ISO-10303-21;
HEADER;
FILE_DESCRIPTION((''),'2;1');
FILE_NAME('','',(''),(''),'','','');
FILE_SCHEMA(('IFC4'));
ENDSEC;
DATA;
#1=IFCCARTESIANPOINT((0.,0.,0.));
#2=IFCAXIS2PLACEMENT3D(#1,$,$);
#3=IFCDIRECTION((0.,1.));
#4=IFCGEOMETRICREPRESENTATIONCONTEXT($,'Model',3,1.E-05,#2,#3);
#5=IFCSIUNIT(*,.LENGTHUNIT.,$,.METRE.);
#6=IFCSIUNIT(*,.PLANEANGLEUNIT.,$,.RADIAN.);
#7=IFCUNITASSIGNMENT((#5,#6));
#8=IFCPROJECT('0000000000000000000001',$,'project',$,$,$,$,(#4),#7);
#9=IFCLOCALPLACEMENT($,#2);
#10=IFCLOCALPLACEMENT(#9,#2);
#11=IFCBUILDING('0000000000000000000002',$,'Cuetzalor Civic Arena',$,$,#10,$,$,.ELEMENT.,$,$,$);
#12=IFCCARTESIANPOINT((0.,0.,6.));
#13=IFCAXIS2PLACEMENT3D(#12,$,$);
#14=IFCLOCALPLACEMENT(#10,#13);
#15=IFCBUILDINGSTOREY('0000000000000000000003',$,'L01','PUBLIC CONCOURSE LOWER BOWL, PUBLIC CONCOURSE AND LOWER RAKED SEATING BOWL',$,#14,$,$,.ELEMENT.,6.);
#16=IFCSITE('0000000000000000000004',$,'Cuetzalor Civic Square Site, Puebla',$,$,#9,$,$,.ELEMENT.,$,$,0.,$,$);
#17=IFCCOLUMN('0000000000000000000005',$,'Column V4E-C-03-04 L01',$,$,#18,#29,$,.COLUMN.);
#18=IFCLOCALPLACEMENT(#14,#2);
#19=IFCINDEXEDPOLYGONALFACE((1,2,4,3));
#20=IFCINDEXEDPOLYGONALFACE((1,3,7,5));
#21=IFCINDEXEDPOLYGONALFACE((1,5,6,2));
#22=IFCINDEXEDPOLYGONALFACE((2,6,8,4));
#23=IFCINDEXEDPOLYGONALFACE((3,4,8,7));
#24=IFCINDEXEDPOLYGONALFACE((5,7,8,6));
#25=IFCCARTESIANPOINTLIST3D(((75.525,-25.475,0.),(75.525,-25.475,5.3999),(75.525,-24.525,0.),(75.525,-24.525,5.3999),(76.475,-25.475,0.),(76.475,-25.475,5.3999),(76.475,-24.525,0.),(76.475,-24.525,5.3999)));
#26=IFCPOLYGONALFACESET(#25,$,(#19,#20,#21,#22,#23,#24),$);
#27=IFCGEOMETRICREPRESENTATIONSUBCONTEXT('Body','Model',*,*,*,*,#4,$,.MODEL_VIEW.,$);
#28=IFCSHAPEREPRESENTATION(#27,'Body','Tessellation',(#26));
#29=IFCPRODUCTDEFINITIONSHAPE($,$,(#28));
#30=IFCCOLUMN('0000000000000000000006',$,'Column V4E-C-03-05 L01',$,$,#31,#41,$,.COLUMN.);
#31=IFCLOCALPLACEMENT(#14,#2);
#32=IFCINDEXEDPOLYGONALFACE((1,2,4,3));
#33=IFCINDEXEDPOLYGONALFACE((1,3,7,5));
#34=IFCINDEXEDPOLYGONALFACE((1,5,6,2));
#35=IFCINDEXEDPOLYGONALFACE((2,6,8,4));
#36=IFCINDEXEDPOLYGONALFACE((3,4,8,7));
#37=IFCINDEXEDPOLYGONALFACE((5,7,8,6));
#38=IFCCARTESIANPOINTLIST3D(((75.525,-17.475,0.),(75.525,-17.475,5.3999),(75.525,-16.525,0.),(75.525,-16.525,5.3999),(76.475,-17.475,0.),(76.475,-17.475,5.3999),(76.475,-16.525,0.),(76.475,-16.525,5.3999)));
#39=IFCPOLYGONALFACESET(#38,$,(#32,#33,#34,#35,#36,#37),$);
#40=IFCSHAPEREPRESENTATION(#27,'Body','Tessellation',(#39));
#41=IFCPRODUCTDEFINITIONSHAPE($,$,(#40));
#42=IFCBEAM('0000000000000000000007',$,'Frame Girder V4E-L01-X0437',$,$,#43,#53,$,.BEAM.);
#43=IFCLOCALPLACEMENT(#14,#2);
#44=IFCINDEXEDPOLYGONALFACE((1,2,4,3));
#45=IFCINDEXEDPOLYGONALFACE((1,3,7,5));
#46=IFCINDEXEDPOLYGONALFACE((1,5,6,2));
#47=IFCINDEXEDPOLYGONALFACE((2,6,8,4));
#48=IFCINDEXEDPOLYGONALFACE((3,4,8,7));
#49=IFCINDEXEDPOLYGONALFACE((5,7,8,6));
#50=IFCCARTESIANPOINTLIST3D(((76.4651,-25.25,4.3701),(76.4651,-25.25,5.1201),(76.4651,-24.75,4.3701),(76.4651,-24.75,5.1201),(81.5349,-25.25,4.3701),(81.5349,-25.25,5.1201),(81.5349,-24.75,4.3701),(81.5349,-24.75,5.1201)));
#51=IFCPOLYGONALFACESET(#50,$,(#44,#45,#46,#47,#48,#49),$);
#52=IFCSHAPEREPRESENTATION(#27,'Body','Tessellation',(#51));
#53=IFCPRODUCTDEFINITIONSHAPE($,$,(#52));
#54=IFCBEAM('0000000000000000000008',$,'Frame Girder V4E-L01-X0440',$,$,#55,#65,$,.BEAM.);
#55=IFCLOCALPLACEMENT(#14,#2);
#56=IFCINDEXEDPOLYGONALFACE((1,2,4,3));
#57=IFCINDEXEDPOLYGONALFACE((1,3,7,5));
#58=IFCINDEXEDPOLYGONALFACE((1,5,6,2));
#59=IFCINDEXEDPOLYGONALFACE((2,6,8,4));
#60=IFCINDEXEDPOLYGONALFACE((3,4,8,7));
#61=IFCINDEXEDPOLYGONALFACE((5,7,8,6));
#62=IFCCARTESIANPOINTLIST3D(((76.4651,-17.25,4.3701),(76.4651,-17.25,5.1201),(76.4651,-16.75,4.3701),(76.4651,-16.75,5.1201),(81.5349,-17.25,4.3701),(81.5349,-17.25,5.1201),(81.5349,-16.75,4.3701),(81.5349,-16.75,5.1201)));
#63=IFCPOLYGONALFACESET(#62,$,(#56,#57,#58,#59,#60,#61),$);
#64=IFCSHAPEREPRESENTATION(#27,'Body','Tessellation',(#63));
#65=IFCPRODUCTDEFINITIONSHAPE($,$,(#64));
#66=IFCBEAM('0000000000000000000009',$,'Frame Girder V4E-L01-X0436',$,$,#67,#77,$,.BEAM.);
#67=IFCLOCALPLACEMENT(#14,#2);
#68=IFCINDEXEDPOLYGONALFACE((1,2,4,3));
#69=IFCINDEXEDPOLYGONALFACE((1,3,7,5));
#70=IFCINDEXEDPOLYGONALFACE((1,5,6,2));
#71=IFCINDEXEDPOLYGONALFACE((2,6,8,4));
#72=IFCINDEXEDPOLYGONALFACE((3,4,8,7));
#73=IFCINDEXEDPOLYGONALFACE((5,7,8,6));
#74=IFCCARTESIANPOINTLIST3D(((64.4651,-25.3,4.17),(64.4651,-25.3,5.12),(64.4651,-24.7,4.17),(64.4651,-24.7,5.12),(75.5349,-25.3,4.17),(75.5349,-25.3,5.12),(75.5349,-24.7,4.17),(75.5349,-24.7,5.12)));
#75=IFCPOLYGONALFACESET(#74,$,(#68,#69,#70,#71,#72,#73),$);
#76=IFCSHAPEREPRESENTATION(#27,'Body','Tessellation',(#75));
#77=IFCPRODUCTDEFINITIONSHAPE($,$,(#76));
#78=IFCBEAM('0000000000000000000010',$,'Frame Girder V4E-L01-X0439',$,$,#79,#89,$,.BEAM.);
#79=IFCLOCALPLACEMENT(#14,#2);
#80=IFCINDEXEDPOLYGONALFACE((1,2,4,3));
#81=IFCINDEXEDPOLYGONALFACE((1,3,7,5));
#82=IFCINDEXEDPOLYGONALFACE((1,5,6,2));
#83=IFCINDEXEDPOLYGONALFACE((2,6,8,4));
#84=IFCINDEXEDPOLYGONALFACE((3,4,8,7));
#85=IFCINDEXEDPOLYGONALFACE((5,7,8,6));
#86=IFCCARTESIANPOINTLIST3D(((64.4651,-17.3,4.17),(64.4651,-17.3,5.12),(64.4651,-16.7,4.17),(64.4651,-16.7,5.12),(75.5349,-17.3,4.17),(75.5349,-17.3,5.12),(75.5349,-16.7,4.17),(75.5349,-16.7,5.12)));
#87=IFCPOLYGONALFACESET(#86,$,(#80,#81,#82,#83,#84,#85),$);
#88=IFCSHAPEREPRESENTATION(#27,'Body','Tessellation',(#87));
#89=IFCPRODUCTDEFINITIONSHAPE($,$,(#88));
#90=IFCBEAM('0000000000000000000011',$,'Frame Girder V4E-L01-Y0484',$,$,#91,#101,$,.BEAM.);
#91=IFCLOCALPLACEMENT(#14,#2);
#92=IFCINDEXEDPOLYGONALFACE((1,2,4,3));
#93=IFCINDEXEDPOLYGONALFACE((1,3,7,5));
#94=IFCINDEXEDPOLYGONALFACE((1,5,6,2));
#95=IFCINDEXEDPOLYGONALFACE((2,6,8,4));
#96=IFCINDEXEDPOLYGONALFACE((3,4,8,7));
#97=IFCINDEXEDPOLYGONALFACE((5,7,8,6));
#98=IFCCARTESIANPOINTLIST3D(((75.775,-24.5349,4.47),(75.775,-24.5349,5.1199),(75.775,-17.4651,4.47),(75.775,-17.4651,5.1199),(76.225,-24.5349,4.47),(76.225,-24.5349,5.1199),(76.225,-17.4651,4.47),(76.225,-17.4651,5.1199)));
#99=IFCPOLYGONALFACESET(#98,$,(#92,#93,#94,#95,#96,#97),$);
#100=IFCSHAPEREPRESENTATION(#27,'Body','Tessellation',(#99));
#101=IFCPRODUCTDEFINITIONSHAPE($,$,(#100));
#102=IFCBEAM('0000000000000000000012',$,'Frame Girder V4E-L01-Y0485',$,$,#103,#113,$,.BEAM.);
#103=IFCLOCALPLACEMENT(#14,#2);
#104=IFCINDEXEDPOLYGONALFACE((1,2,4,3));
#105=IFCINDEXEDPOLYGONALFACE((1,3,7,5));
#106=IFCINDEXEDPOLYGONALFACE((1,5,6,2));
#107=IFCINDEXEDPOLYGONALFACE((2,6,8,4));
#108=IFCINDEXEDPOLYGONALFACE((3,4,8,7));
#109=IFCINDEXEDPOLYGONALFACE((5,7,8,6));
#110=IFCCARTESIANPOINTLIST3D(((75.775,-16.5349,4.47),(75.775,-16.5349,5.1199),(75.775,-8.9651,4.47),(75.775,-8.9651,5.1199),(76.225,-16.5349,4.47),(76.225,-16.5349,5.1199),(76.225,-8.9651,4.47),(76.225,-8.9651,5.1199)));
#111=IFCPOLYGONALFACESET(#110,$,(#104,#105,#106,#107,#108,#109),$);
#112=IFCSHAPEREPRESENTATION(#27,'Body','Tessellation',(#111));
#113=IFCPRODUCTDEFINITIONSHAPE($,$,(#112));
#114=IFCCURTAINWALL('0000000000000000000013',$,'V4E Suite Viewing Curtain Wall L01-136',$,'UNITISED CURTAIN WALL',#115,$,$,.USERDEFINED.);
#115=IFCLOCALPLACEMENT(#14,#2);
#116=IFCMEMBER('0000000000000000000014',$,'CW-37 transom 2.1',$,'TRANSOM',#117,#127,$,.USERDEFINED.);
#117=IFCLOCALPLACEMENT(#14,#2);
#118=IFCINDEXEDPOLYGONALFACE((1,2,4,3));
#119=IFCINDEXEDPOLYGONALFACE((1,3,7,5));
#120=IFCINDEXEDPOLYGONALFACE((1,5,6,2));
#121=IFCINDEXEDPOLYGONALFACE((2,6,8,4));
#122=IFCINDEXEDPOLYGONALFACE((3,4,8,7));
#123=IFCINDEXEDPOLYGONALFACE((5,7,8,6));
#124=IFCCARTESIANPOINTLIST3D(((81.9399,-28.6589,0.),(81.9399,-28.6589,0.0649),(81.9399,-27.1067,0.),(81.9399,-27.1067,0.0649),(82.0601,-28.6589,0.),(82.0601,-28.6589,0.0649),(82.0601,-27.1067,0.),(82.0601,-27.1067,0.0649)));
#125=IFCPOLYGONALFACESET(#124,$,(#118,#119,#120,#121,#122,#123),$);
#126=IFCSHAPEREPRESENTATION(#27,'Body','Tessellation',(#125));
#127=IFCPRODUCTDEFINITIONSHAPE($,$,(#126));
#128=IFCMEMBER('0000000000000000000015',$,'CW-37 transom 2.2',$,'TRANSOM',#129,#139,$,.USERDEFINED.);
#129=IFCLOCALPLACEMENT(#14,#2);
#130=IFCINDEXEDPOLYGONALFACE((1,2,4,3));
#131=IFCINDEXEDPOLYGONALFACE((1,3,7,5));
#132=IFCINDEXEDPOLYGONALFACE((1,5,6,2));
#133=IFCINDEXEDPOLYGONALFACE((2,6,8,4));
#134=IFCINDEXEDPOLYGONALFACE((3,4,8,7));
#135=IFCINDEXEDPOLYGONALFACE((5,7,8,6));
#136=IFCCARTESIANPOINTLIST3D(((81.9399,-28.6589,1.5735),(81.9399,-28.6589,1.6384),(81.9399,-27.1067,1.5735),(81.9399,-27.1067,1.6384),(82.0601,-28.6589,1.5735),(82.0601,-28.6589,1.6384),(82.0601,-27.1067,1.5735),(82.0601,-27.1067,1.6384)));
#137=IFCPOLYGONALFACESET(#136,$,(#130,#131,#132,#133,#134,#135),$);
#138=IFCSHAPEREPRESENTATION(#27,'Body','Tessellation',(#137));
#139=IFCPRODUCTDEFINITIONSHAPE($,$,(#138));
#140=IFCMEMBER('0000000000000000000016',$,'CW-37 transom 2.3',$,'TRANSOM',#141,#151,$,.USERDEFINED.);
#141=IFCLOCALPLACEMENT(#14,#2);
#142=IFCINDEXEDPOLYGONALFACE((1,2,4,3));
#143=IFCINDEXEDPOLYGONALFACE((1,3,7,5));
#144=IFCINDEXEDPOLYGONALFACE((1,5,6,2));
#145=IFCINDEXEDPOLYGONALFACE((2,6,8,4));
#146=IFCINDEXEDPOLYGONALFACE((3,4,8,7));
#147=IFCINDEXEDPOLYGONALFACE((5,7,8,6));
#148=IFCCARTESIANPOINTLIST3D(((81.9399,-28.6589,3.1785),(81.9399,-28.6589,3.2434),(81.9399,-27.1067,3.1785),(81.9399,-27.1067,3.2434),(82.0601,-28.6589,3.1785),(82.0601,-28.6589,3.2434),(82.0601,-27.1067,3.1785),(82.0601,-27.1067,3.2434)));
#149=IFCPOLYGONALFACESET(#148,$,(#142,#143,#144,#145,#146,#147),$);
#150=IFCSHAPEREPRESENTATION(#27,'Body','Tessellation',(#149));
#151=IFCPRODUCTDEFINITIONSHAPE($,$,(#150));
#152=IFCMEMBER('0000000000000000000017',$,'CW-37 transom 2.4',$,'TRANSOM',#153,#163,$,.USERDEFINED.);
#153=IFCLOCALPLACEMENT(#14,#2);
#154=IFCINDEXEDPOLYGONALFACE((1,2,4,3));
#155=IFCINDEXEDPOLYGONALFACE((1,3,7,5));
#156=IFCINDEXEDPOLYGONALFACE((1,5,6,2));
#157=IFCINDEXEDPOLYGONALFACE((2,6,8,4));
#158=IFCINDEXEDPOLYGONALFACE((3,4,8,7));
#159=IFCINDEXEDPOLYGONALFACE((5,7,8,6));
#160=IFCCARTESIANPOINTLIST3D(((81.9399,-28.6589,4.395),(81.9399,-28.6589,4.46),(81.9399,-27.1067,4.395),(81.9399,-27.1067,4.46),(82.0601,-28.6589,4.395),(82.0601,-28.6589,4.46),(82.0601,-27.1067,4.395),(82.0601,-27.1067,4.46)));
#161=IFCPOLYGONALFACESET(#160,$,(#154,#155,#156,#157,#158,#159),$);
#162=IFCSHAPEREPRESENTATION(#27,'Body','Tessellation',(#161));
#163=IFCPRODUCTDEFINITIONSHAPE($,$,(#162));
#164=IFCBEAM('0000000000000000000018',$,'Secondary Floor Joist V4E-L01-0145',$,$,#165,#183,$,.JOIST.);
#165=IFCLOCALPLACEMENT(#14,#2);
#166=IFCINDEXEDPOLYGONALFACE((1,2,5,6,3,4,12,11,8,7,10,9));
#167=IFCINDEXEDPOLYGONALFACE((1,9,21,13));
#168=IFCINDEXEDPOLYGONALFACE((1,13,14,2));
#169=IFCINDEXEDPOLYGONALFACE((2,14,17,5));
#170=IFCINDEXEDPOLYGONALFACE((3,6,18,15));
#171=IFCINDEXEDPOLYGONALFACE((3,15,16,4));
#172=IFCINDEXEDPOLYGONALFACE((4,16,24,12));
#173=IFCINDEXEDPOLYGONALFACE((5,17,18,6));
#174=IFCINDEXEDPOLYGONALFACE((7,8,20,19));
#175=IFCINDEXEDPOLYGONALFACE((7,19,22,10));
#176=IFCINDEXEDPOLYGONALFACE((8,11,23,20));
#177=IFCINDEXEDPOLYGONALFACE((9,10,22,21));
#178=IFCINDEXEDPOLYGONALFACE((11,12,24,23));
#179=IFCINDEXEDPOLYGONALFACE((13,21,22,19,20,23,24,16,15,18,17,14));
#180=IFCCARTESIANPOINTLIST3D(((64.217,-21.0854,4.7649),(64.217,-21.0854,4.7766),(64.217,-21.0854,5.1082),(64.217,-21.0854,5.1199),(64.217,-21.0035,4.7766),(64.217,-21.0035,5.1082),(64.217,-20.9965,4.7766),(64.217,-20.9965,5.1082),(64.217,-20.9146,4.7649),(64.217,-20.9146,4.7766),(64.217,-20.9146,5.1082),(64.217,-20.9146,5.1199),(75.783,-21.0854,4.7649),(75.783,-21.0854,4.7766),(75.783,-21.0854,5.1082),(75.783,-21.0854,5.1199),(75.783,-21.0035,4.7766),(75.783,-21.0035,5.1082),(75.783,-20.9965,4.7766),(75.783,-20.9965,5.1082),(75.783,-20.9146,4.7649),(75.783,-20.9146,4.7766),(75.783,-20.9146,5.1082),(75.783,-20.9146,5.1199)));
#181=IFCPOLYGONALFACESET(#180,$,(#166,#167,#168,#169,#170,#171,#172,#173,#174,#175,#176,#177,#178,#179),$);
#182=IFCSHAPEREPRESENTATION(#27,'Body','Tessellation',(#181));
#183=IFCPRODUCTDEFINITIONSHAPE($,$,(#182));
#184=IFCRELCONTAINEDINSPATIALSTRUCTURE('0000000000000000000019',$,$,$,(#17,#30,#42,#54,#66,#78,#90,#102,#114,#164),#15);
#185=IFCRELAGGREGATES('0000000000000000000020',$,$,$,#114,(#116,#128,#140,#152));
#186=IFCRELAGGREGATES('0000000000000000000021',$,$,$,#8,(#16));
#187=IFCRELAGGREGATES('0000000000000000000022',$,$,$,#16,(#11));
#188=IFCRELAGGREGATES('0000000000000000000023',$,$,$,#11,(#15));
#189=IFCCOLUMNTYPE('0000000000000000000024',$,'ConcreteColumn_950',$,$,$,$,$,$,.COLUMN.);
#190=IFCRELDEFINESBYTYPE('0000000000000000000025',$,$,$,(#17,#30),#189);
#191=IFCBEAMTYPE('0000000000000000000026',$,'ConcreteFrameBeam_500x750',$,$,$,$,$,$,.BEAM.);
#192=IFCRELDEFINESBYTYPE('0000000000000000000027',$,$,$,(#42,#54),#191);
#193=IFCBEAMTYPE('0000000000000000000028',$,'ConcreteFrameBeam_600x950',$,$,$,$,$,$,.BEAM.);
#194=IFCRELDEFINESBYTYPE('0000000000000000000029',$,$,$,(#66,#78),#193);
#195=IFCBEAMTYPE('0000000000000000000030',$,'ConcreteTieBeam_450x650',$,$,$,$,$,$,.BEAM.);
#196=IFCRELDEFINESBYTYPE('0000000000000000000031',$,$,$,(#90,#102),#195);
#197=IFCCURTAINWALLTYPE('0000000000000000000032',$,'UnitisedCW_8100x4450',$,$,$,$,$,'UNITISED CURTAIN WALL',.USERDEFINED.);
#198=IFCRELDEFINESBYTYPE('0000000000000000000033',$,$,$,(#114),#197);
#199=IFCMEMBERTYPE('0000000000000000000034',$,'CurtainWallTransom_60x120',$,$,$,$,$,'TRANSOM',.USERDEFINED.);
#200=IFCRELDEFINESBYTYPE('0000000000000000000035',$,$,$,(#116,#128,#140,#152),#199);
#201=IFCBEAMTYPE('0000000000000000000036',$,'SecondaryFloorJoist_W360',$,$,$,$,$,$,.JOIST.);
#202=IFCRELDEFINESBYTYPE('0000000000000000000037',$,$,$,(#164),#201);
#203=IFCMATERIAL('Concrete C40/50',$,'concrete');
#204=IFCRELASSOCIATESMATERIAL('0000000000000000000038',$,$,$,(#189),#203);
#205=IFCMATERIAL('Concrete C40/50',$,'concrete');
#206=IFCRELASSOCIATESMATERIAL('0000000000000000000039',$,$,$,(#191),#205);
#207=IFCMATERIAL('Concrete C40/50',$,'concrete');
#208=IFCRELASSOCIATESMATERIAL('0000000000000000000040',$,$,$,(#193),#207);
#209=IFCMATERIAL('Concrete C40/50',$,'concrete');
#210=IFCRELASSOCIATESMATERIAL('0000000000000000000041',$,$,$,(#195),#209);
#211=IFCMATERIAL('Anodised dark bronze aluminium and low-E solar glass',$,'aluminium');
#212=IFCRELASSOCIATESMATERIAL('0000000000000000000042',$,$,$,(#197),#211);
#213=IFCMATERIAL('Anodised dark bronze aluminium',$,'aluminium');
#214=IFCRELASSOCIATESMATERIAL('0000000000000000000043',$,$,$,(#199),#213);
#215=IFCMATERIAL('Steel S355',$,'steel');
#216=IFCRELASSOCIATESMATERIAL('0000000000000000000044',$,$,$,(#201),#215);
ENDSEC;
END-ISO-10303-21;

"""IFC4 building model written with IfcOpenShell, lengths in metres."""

from ifc_helpers import new_model, si_unit, direction, frame, origin, origin_2d, place, context, subcontext, project, spatial, rectangle, i_section, extrude, material, material_profile, profile_set, type_object, element, aggregate, save


model = new_model("IFC4")

# Units and contexts
model_context = context("Model", 3, precision=1e-05, world=origin(), true_north=direction((0.0, 1.0)))
body_context = subcontext(model_context, "Body", "Model", "MODEL_VIEW")
ifc_project = project(units=[si_unit("LENGTHUNIT", "METRE"), si_unit("PLANEANGLEUNIT", "RADIAN")], contexts=[model_context])

# Site, building, storey
site_placement = place(None, origin())
site = spatial("IfcSite", under=ifc_project, at=site_placement, Name="Cuetzalor Civic Square Site, Puebla", CompositionType="ELEMENT", RefElevation=0.0)
building_placement = place(site_placement, origin())
building = spatial("IfcBuilding", under=site, at=building_placement, Name="Cuetzalor Civic Arena", CompositionType="ELEMENT")
storey_placement = place(building_placement, frame((0.0, 0.0, 6.0)))
storey = spatial("IfcBuildingStorey", under=building, at=storey_placement, Name="L01", Description="PUBLIC CONCOURSE LOWER BOWL, PUBLIC CONCOURSE AND LOWER RAKED SEATING BOWL", CompositionType="ELEMENT", Elevation=6.0)

# Columns
ifc_material_1 = material(Name="Concrete C40/50", Category="concrete")
ifc_material_profile_1 = material_profile(ifc_material_1, rectangle(XDim=0.95, YDim=0.95, at=origin_2d()), Name="RC 950x950")
ifc_profile_set_1 = profile_set([ifc_material_profile_1], Name="Concrete C40/50")
column_type = type_object("IfcColumnType", Name="ConcreteColumn_950", PredefinedType="COLUMN", material=ifc_profile_set_1)
for number, where, z_axis, x_axis, name in (
    (1, (76.0, -25.0, 0.0), (0.0, 0.0, 1.0), (1.0, 0.0, 0.0), "Column V4E-C-03-04 L01"),
    (2, (76.0, -17.0, 0.0), (0.0, 0.0, 1.0), (1.0, 0.0, 0.0), "Column V4E-C-03-05 L01"),
):
    element("IfcColumn", number, at=place(storey_placement, frame(where, z_axis=z_axis, x_axis=x_axis)), inside=storey, type_object=column_type, Name=name, PredefinedType="COLUMN", context=body_context, shape_type="SweptSolid", body=[
        extrude(rectangle(XDim=0.95, YDim=0.95, at=origin_2d()), origin(), (0.0, 0.0, 1.0), 5.3999),
    ])

# Beams
ifc_material_2 = material(Name="Concrete C40/50", Category="concrete")
ifc_material_profile_2 = material_profile(ifc_material_2, rectangle(XDim=0.5, YDim=0.75, at=origin_2d()), Name="RC 500x750")
ifc_profile_set_2 = profile_set([ifc_material_profile_2], Name="Concrete C40/50")
beam_type_1 = type_object("IfcBeamType", Name="ConcreteFrameBeam_500x750", PredefinedType="BEAM", material=ifc_profile_set_2)
for number, where, z_axis, x_axis, name in (
    (3, (76.4651, -25.0, 4.7451), (1.0, 0.0, 0.0), (0.0, 1.0, 0.0), "Frame Girder V4E-L01-X0437"),
    (4, (76.4651, -17.0, 4.7451), (1.0, 0.0, 0.0), (0.0, 1.0, 0.0), "Frame Girder V4E-L01-X0440"),
):
    element("IfcBeam", number, at=place(storey_placement, frame(where, z_axis=z_axis, x_axis=x_axis)), inside=storey, type_object=beam_type_1, Name=name, PredefinedType="BEAM", context=body_context, shape_type="SweptSolid", body=[
        extrude(rectangle(XDim=0.5, YDim=0.75, at=origin_2d()), origin(), (0.0, 0.0, 1.0), 5.0698),
    ])
ifc_material_3 = material(Name="Concrete C40/50", Category="concrete")
ifc_material_profile_3 = material_profile(ifc_material_3, rectangle(XDim=0.6001, YDim=0.95, at=origin_2d()), Name="RC 600x950")
ifc_profile_set_3 = profile_set([ifc_material_profile_3], Name="Concrete C40/50")
beam_type_2 = type_object("IfcBeamType", Name="ConcreteFrameBeam_600x950", PredefinedType="BEAM", material=ifc_profile_set_3)
for number, where, z_axis, x_axis, name in (
    (5, (64.4651, -25.0, 4.645), (1.0, 0.0, 0.0), (0.0, 1.0, 0.0), "Frame Girder V4E-L01-X0436"),
    (6, (64.4651, -17.0, 4.645), (1.0, 0.0, 0.0), (0.0, 1.0, 0.0), "Frame Girder V4E-L01-X0439"),
):
    element("IfcBeam", number, at=place(storey_placement, frame(where, z_axis=z_axis, x_axis=x_axis)), inside=storey, type_object=beam_type_2, Name=name, PredefinedType="BEAM", context=body_context, shape_type="SweptSolid", body=[
        extrude(rectangle(XDim=0.6001, YDim=0.95, at=origin_2d()), origin(), (0.0, 0.0, 1.0), 11.0698),
    ])
ifc_material_4 = material(Name="Concrete C40/50", Category="concrete")
ifc_material_profile_4 = material_profile(ifc_material_4, rectangle(XDim=0.45, YDim=0.6499, at=origin_2d()), Name="RC 450x650")
ifc_profile_set_4 = profile_set([ifc_material_profile_4], Name="Concrete C40/50")
beam_type_3 = type_object("IfcBeamType", Name="ConcreteTieBeam_450x650", PredefinedType="BEAM", material=ifc_profile_set_4)
beam_1_placement = place(storey_placement, frame((76.0, -24.5349, 4.7949), z_axis=(0.0, 1.0, 0.0), x_axis=(-1.0, 0.0, 0.0)))
element("IfcBeam", 7, at=beam_1_placement, inside=storey, type_object=beam_type_3, Name="Frame Girder V4E-L01-Y0484", PredefinedType="BEAM", context=body_context, shape_type="SweptSolid", body=[
    extrude(rectangle(XDim=0.45, YDim=0.6499, at=origin_2d()), origin(), (0.0, 0.0, 1.0), 7.0698),
])
beam_2_placement = place(storey_placement, frame((76.0, -16.5349, 4.7949), z_axis=(0.0, 1.0, 0.0), x_axis=(-1.0, 0.0, 0.0)))
element("IfcBeam", 8, at=beam_2_placement, inside=storey, type_object=beam_type_3, Name="Frame Girder V4E-L01-Y0485", PredefinedType="BEAM", context=body_context, shape_type="SweptSolid", body=[
    extrude(rectangle(XDim=0.45, YDim=0.6499, at=origin_2d()), origin(), (0.0, 0.0, 1.0), 7.5698),
])

# Curtain wall, members
ifc_material_5 = material(Name="Anodised dark bronze aluminium and low-E solar glass", Category="aluminium")
curtain_wall_type = type_object("IfcCurtainWallType", Name="UnitisedCW_8100x4450", ElementType="UNITISED CURTAIN WALL", PredefinedType="USERDEFINED", material=ifc_material_5)
curtain_wall_placement = place(storey_placement, origin())
curtain_wall = element("IfcCurtainWall", 9, at=curtain_wall_placement, inside=storey, type_object=curtain_wall_type, Name="V4E Suite Viewing Curtain Wall L01-136", ObjectType="UNITISED CURTAIN WALL", PredefinedType="USERDEFINED")
ifc_material_6 = material(Name="Anodised dark bronze aluminium", Category="aluminium")
ifc_material_profile_5 = material_profile(ifc_material_6, rectangle(XDim=0.1201, YDim=0.0649, at=origin_2d()), Name="ALU TRANSOM 65x120")
ifc_profile_set_5 = profile_set([ifc_material_profile_5], Name="Anodised dark bronze aluminium")
member_type = type_object("IfcMemberType", Name="CurtainWallTransom_60x120", ElementType="TRANSOM", PredefinedType="USERDEFINED", material=ifc_profile_set_5)
member_1_placement = place(storey_placement, frame((82.0, -27.1067, 0.0325), z_axis=(0.0, -1.0, 0.0), x_axis=(1.0, 0.0, 0.0)))
member_1 = element("IfcMember", 10, at=member_1_placement, type_object=member_type, Name="CW-37 transom 2.1", ObjectType="TRANSOM", PredefinedType="USERDEFINED", context=body_context, shape_type="SweptSolid", body=[
    extrude(rectangle(XDim=0.1201, YDim=0.0649, at=origin_2d()), origin(), (0.0, 0.0, 1.0), 1.5522),
])
member_2_placement = place(storey_placement, frame((82.0, -27.1067, 1.606), z_axis=(0.0, -1.0, 0.0), x_axis=(1.0, 0.0, 0.0)))
member_2 = element("IfcMember", 11, at=member_2_placement, type_object=member_type, Name="CW-37 transom 2.2", ObjectType="TRANSOM", PredefinedType="USERDEFINED", context=body_context, shape_type="SweptSolid", body=[
    extrude(rectangle(XDim=0.1201, YDim=0.0649, at=origin_2d()), origin(), (0.0, 0.0, 1.0), 1.5522),
])
member_3_placement = place(storey_placement, frame((82.0, -27.1067, 3.2109), z_axis=(0.0, -1.0, 0.0), x_axis=(1.0, 0.0, 0.0)))
member_3 = element("IfcMember", 12, at=member_3_placement, type_object=member_type, Name="CW-37 transom 2.3", ObjectType="TRANSOM", PredefinedType="USERDEFINED", context=body_context, shape_type="SweptSolid", body=[
    extrude(rectangle(XDim=0.1201, YDim=0.0649, at=origin_2d()), origin(), (0.0, 0.0, 1.0), 1.5522),
])
member_4_placement = place(storey_placement, frame((82.0, -27.1067, 4.4275), z_axis=(0.0, -1.0, 0.0), x_axis=(1.0, 0.0, 0.0)))
member_4 = element("IfcMember", 13, at=member_4_placement, type_object=member_type, Name="CW-37 transom 2.4", ObjectType="TRANSOM", PredefinedType="USERDEFINED", context=body_context, shape_type="SweptSolid", body=[
    extrude(rectangle(XDim=0.1201, YDim=0.0649, at=origin_2d()), origin(), (0.0, 0.0, 1.0), 1.5522),
])

# Beam
ifc_material_7 = material(Name="Steel S355", Category="steel")
ifc_material_profile_6 = material_profile(ifc_material_7, i_section(OverallWidth=0.1709, OverallDepth=0.355, WebThickness=0.0071, FlangeThickness=0.0117, at=origin_2d()), Name="W360x51")
ifc_profile_set_6 = profile_set([ifc_material_profile_6], Name="Steel S355")
beam_type_4 = type_object("IfcBeamType", Name="SecondaryFloorJoist_W360", PredefinedType="JOIST", material=ifc_profile_set_6)
beam_3_placement = place(storey_placement, frame((64.217, -21.0, 4.9424), z_axis=(1.0, 0.0, 0.0), x_axis=(0.0, 1.0, 0.0)))
element("IfcBeam", 14, at=beam_3_placement, inside=storey, type_object=beam_type_4, Name="Secondary Floor Joist V4E-L01-0145", PredefinedType="JOIST", context=body_context, shape_type="SweptSolid", body=[
    extrude(i_section(OverallWidth=0.1709, OverallDepth=0.355, WebThickness=0.0071, FlangeThickness=0.0117, at=origin_2d()), origin(), (0.0, 0.0, 1.0), 11.5659),
])

aggregate(curtain_wall, [member_1, member_2, member_3, member_4])

save(model, "model.ifc")
